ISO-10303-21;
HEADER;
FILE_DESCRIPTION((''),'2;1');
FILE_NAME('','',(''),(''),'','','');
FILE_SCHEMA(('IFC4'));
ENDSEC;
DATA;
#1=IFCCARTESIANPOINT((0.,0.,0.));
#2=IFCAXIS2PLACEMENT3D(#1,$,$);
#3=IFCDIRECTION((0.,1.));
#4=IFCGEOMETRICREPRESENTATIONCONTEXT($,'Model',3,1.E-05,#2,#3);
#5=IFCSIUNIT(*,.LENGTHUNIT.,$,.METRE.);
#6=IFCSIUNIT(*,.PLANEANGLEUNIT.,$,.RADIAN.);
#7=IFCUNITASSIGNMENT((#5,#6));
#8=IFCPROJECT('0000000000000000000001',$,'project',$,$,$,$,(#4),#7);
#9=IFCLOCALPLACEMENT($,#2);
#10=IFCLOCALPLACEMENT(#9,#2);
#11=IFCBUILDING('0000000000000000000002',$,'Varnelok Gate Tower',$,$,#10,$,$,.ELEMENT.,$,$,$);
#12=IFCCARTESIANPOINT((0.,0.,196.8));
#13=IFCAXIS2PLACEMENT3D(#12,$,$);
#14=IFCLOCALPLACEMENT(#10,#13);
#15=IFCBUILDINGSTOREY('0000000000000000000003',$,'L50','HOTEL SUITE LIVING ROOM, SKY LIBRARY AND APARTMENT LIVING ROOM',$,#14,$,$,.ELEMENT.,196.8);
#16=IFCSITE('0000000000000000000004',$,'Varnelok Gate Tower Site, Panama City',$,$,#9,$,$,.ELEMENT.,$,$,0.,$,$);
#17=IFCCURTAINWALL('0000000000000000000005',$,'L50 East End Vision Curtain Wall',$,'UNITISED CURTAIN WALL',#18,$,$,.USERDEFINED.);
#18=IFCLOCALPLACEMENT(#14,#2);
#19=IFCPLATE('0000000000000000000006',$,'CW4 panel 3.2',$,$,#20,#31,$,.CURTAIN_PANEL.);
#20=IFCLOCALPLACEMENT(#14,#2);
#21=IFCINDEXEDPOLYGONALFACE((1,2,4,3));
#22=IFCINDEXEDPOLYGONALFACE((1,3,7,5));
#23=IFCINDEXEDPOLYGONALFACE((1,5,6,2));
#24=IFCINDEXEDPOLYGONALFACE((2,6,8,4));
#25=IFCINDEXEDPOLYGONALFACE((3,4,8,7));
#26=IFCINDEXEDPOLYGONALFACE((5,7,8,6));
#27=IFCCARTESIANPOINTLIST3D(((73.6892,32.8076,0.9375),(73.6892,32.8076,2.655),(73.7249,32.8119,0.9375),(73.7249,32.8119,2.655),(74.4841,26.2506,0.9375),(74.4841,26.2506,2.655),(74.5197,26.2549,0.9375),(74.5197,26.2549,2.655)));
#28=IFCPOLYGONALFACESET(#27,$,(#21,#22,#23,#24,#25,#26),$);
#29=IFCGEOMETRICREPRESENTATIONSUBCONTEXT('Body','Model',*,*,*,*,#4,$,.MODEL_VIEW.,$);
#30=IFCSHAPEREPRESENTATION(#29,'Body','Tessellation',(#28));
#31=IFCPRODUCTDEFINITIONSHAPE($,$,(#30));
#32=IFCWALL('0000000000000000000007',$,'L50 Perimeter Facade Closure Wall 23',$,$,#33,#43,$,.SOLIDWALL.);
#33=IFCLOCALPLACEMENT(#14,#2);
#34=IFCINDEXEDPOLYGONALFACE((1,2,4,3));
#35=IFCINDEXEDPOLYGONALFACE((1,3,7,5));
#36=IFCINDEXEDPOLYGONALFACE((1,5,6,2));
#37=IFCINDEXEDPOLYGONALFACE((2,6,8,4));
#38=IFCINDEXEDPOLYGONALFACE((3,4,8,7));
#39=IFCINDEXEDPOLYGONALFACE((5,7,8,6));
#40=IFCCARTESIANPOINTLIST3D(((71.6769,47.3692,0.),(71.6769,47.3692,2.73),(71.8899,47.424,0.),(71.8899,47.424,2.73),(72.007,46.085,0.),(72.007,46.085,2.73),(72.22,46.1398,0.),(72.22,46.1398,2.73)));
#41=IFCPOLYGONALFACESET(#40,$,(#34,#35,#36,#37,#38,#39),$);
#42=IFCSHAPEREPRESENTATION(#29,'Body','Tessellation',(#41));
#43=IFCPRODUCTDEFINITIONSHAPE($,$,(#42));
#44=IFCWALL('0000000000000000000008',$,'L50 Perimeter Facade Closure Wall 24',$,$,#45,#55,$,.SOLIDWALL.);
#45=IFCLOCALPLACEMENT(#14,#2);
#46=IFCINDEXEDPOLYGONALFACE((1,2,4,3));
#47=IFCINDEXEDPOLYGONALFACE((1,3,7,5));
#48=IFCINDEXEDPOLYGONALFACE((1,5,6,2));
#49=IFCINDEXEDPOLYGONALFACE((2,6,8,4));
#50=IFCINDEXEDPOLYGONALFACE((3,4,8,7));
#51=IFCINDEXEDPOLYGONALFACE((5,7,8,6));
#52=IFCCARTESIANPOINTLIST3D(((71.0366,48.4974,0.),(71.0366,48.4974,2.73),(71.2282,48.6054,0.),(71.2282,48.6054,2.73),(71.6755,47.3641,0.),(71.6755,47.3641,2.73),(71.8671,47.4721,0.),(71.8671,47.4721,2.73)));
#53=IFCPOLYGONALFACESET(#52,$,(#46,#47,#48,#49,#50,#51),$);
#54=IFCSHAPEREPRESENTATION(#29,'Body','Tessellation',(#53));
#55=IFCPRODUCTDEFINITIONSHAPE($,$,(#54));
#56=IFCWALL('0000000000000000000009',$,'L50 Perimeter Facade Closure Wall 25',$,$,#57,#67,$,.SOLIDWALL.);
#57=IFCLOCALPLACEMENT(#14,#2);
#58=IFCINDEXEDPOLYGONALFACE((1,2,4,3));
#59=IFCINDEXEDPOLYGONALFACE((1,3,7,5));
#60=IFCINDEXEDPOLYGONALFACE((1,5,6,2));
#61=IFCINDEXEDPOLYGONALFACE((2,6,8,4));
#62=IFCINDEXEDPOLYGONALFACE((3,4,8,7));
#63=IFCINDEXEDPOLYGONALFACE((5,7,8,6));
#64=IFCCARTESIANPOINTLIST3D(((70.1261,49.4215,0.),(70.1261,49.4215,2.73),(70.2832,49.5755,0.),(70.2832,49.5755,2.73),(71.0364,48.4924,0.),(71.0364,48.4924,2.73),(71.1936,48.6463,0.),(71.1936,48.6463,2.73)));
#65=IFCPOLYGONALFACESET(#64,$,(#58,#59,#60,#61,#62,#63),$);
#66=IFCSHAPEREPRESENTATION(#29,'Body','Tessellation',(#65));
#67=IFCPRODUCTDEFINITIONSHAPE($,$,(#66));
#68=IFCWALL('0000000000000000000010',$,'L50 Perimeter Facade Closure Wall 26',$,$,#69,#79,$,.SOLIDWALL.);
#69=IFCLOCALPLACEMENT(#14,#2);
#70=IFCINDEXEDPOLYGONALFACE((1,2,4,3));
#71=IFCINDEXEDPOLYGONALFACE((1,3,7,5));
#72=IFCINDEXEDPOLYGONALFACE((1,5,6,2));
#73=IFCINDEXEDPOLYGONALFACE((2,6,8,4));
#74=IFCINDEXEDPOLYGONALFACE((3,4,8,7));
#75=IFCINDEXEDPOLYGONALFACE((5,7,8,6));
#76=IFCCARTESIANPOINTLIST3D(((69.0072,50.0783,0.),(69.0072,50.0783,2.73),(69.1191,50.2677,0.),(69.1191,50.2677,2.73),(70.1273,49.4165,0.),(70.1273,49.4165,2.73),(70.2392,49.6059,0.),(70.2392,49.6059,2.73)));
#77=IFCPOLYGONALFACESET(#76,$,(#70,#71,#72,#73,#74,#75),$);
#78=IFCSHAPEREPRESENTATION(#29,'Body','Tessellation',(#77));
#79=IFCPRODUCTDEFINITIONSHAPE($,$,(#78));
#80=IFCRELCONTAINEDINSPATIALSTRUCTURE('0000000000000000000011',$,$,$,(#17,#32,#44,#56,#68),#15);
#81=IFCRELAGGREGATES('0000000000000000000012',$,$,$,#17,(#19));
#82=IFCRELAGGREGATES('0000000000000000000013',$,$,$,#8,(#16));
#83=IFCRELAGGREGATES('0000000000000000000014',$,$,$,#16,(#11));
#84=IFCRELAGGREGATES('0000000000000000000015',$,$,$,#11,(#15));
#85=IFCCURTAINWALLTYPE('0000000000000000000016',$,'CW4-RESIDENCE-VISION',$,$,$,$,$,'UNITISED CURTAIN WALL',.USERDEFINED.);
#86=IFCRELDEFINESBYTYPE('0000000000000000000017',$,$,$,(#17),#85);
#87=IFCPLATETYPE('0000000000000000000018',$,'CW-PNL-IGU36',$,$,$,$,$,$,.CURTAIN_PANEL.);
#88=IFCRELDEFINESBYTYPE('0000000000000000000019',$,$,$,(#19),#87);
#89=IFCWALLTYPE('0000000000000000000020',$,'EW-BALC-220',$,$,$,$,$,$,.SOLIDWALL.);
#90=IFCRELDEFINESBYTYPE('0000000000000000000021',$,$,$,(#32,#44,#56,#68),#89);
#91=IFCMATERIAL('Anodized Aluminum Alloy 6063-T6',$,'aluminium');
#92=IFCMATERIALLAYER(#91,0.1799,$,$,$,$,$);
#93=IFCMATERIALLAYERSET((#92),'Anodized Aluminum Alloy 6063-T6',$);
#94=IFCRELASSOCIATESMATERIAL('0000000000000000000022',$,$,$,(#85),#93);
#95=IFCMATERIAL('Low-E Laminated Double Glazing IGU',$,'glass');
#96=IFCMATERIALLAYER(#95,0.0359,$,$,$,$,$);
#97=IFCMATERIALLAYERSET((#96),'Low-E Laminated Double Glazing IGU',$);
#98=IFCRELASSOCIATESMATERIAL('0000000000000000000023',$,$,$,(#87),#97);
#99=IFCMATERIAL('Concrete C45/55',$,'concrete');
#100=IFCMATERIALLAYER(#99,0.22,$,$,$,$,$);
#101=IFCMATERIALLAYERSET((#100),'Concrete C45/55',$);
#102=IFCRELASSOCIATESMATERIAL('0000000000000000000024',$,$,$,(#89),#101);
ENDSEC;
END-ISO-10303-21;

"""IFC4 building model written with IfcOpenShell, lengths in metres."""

from ifc_helpers import new_model, si_unit, direction, frame, frame_2d, origin, origin_2d, place, context, subcontext, project, spatial, rectangle, extrude, source, transform, mapped, material, layer, layer_set, type_object, element, aggregate, save


model = new_model("IFC4")

# Units and contexts
model_context = context("Model", 3, precision=1e-05, world=origin(), true_north=direction((0.0, 1.0)))
body_context = subcontext(model_context, "Body", "Model", "MODEL_VIEW")
ifc_project = project(units=[si_unit("LENGTHUNIT", "METRE"), si_unit("PLANEANGLEUNIT", "RADIAN")], contexts=[model_context])

# Site, building, storey
site_placement = place(None, origin())
site = spatial("IfcSite", under=ifc_project, at=site_placement, Name="Varnelok Gate Tower Site, Panama City", CompositionType="ELEMENT", RefElevation=0.0)
building_placement = place(site_placement, origin())
building = spatial("IfcBuilding", under=site, at=building_placement, Name="Varnelok Gate Tower", CompositionType="ELEMENT")
storey_placement = place(building_placement, frame((0.0, 0.0, 196.8)))
storey = spatial("IfcBuildingStorey", under=building, at=storey_placement, Name="L50", Description="HOTEL SUITE LIVING ROOM, SKY LIBRARY AND APARTMENT LIVING ROOM", CompositionType="ELEMENT", Elevation=196.8)

# Curtain wall, plate
ifc_material_1 = material(Name="Anodized Aluminum Alloy 6063-T6", Category="aluminium")
ifc_layer_1 = layer(ifc_material_1, 0.1799)
ifc_layer_set_1 = layer_set([ifc_layer_1], Name="Anodized Aluminum Alloy 6063-T6")
curtain_wall_type = type_object("IfcCurtainWallType", Name="CW4-RESIDENCE-VISION", ElementType="UNITISED CURTAIN WALL", PredefinedType="USERDEFINED", material=ifc_layer_set_1)
curtain_wall_placement = place(storey_placement, origin())
curtain_wall = element("IfcCurtainWall", 1, at=curtain_wall_placement, inside=storey, type_object=curtain_wall_type, Name="L50 East End Vision Curtain Wall", ObjectType="UNITISED CURTAIN WALL", PredefinedType="USERDEFINED")
ifc_material_2 = material(Name="Low-E Laminated Double Glazing IGU", Category="glass")
ifc_layer_2 = layer(ifc_material_2, 0.0359)
ifc_layer_set_2 = layer_set([ifc_layer_2], Name="Low-E Laminated Double Glazing IGU")
plate_type = type_object("IfcPlateType", Name="CW-PNL-IGU36", PredefinedType="CURTAIN_PANEL", material=ifc_layer_set_2)
shared_shape_1 = source(origin(), body_context, "Body", "SweptSolid", [
    extrude(rectangle(XDim=6.605, YDim=0.0359, at=origin_2d()), origin(), (0.0, 0.0, 1.0), 1.7175),
])
plate_1_placement = place(storey_placement, frame((74.1045, 29.5312, 0.9375), z_axis=(0.0, 0.0, 1.0), x_axis=(0.120345, -0.992732, 0.0)))
plate_1 = element("IfcPlate", 2, at=plate_1_placement, type_object=plate_type, Name="CW4 panel 3.2", PredefinedType="CURTAIN_PANEL", context=body_context, shape_type="MappedRepresentation", body=[
    mapped(shared_shape_1, transform((0.0, 0.0, 0.0), scale=1.0)),
])
aggregate(curtain_wall, [plate_1])

# Walls
ifc_material_3 = material(Name="Concrete C45/55", Category="concrete")
ifc_layer_3 = layer(ifc_material_3, 0.22)
ifc_layer_set_3 = layer_set([ifc_layer_3], Name="Concrete C45/55")
wall_type = type_object("IfcWallType", Name="EW-BALC-220", PredefinedType="SOLIDWALL", material=ifc_layer_set_3)
wall_1_placement = place(storey_placement, frame((72.1135, 46.1123, 0.0), z_axis=(0.0, 0.0, 1.0), x_axis=(-0.248942, 0.968518, 0.0)))
element("IfcWall", 3, at=wall_1_placement, inside=storey, type_object=wall_type, Name="L50 Perimeter Facade Closure Wall 23", PredefinedType="SOLIDWALL", context=body_context, shape_type="SweptSolid", body=[
    extrude(rectangle(XDim=1.3259, YDim=0.22, at=frame_2d((0.6631, 0.0))), origin(), (0.0, 0.0, 1.0), 2.73),
])
wall_2_placement = place(storey_placement, frame((71.7712, 47.4182, 0.0), z_axis=(0.0, 0.0, 1.0), x_axis=(-0.491099, 0.871104, 0.0)))
element("IfcWall", 4, at=wall_2_placement, inside=storey, type_object=wall_type, Name="L50 Perimeter Facade Closure Wall 24", PredefinedType="SOLIDWALL", context=body_context, shape_type="SweptSolid", body=[
    extrude(rectangle(XDim=1.301, YDim=0.22, at=frame_2d((0.6504, 0.0))), origin(), (0.0, 0.0, 1.0), 2.73),
])
wall_3_placement = place(storey_placement, frame((71.115, 48.5693, 0.0), z_axis=(0.0, 0.0, 1.0), x_axis=(-0.699844, 0.714295, 0.0)))
element("IfcWall", 5, at=wall_3_placement, inside=storey, type_object=wall_type, Name="L50 Perimeter Facade Closure Wall 25", PredefinedType="SOLIDWALL", context=body_context, shape_type="SweptSolid", body=[
    extrude(rectangle(XDim=1.3008, YDim=0.22, at=frame_2d((0.6504, 0.0))), origin(), (0.0, 0.0, 1.0), 2.73),
])
wall_4_placement = place(storey_placement, frame((70.1831, 49.5112, 0.0), z_axis=(0.0, 0.0, 1.0), x_axis=(-0.860934, 0.508717, 0.0)))
element("IfcWall", 6, at=wall_4_placement, inside=storey, type_object=wall_type, Name="L50 Perimeter Facade Closure Wall 26", PredefinedType="SOLIDWALL", context=body_context, shape_type="SweptSolid", body=[
    extrude(rectangle(XDim=1.301, YDim=0.22, at=frame_2d((0.6504, 0.0))), origin(), (0.0, 0.0, 1.0), 2.73),
])

save(model, "model.ifc")
